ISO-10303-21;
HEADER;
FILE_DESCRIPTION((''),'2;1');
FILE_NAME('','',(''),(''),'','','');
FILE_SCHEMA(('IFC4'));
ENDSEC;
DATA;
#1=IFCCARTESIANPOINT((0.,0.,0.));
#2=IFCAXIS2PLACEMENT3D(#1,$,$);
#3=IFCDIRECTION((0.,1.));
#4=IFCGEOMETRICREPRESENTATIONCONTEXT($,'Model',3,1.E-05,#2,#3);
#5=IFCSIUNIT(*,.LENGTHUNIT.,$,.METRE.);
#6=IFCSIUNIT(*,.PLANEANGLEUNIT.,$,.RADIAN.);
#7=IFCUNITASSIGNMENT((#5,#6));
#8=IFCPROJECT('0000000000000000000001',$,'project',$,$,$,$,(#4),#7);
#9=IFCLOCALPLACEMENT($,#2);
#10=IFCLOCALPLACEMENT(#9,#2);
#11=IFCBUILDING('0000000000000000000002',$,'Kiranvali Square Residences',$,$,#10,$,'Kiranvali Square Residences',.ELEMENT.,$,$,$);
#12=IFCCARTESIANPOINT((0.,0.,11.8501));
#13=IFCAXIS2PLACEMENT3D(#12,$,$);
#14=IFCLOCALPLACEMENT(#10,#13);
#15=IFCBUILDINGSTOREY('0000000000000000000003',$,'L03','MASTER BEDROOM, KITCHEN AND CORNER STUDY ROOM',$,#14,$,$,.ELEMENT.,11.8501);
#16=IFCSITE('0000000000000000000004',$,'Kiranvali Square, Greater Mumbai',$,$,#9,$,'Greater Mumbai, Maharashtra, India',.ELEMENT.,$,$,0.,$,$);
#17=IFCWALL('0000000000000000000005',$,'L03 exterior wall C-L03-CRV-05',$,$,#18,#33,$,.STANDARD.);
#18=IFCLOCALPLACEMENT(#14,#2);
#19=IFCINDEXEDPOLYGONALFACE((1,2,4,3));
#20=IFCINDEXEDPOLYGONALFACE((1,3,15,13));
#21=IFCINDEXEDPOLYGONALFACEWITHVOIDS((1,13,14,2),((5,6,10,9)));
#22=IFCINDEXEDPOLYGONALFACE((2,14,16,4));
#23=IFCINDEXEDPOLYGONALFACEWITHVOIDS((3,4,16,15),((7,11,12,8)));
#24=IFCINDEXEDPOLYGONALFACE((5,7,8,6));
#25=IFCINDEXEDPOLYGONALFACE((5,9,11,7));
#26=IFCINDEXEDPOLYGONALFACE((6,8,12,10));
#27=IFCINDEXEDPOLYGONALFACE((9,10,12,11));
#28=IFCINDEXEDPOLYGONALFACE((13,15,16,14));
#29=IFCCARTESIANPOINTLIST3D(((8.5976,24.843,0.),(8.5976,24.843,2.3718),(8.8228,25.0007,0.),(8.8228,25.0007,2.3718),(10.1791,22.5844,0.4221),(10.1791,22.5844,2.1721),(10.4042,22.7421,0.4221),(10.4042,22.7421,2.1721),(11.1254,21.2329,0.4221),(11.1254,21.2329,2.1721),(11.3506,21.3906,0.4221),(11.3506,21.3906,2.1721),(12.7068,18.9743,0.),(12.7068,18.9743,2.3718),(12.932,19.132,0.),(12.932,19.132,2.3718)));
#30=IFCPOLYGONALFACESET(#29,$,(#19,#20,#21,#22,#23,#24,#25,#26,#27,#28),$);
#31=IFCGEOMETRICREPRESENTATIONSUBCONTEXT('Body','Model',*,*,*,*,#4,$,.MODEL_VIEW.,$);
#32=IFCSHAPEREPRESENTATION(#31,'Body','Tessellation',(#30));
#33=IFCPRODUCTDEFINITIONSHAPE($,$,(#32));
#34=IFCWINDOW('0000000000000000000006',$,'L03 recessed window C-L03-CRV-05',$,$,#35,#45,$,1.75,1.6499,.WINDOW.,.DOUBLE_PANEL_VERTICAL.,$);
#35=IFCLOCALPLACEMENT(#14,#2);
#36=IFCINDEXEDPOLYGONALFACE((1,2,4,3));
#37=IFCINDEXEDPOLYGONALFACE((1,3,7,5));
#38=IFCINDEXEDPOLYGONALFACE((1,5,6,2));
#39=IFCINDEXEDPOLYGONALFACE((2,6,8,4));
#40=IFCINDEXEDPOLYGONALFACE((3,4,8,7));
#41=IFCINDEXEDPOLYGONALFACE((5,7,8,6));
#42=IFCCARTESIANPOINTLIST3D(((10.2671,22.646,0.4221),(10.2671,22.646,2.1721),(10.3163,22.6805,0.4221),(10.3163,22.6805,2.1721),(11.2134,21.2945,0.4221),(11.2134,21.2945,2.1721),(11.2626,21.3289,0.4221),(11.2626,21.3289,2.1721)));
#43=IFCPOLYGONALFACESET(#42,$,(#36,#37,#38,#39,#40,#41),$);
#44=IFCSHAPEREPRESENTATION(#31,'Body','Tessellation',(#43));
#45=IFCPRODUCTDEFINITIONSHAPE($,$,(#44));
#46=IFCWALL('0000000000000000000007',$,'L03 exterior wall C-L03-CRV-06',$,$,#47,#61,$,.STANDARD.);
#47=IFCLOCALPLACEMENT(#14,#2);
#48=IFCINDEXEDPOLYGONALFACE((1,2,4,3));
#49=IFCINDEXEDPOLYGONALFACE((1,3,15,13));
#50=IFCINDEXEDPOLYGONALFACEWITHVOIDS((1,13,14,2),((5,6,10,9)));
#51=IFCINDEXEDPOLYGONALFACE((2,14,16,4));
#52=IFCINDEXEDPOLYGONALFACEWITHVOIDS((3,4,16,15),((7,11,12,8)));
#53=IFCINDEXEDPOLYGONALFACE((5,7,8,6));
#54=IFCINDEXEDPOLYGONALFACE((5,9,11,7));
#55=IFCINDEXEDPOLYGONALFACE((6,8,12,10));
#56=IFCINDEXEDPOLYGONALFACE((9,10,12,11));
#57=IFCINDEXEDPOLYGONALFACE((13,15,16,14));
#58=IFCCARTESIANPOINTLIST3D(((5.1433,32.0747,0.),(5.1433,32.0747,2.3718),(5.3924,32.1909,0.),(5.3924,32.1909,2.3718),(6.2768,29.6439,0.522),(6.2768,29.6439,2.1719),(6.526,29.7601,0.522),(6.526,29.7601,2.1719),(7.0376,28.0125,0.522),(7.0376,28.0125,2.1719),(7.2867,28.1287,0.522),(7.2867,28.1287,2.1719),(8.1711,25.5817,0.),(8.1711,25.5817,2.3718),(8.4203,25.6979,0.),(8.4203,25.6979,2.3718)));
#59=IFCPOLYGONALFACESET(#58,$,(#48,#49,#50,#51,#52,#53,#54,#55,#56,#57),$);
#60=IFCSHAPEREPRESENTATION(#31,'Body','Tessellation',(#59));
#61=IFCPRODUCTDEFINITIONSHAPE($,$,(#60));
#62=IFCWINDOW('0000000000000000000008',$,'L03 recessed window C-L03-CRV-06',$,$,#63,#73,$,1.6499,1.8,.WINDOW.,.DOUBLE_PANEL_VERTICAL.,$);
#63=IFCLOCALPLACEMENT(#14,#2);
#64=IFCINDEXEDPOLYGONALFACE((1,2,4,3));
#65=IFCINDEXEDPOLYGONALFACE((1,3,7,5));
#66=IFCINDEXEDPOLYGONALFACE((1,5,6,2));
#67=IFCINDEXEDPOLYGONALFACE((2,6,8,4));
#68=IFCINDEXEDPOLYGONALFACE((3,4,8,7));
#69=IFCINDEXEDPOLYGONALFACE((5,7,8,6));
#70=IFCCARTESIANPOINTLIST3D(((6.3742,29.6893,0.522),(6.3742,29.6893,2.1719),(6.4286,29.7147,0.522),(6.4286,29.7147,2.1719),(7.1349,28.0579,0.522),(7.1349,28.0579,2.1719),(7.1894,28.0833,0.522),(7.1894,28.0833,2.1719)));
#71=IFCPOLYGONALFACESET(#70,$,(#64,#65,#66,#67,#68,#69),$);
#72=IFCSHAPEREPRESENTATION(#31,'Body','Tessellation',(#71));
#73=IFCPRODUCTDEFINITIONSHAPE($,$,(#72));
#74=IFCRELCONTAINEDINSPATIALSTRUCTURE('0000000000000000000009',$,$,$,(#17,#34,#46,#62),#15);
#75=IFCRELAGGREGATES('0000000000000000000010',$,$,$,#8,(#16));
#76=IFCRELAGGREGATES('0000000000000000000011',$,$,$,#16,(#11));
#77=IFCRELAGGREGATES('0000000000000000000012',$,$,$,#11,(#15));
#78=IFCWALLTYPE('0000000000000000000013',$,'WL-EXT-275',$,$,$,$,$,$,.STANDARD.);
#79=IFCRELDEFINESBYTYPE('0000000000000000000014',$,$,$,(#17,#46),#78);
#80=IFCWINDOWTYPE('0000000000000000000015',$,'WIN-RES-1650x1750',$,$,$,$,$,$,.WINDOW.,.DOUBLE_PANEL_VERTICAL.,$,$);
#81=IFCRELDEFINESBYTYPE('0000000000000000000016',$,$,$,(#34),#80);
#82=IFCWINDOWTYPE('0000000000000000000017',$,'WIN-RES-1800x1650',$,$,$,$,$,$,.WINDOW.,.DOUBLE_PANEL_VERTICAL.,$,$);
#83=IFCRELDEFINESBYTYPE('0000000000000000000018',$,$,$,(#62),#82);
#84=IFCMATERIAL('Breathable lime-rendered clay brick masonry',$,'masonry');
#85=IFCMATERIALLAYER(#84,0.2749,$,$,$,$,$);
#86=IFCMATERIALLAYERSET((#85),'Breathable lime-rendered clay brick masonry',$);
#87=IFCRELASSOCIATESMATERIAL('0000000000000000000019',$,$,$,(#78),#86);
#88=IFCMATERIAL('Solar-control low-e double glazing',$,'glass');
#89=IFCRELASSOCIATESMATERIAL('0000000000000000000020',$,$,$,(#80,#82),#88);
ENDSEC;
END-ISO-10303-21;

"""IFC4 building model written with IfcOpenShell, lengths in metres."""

from ifc_helpers import new_model, si_unit, direction, frame, frame_2d, origin, place, context, subcontext, project, spatial, rectangle, extrude, material, layer, layer_set, type_object, element, fill, save


model = new_model("IFC4")

# Units and contexts
model_context = context("Model", 3, precision=1e-05, world=origin(), true_north=direction((0.0, 1.0)))
body_context = subcontext(model_context, "Body", "Model", "MODEL_VIEW")
ifc_project = project(units=[si_unit("LENGTHUNIT", "METRE"), si_unit("PLANEANGLEUNIT", "RADIAN")], contexts=[model_context])

# Site, building, storey
site_placement = place(None, origin())
site = spatial("IfcSite", under=ifc_project, at=site_placement, Name="Kiranvali Square, Greater Mumbai", LongName="Greater Mumbai, Maharashtra, India", CompositionType="ELEMENT", RefElevation=0.0)
building_placement = place(site_placement, origin())
building = spatial("IfcBuilding", under=site, at=building_placement, Name="Kiranvali Square Residences", LongName="Kiranvali Square Residences", CompositionType="ELEMENT")
storey_placement = place(building_placement, frame((0.0, 0.0, 11.8501)))
storey = spatial("IfcBuildingStorey", under=building, at=storey_placement, Name="L03", Description="MASTER BEDROOM, KITCHEN AND CORNER STUDY ROOM", CompositionType="ELEMENT", Elevation=11.8501)

# Walls, openings, windows
ifc_material_1 = material(Name="Breathable lime-rendered clay brick masonry", Category="masonry")
ifc_layer = layer(ifc_material_1, 0.2749)
ifc_layer_set = layer_set([ifc_layer], Name="Breathable lime-rendered clay brick masonry")
wall_type = type_object("IfcWallType", Name="WL-EXT-275", PredefinedType="STANDARD", material=ifc_layer_set)
wall_1_placement = place(storey_placement, frame((12.8193, 19.0532, 0.0), z_axis=(0.0, 0.0, 1.0), x_axis=(-0.573563, 0.819161, 0.0)))
wall_1 = element("IfcWall", 1, at=wall_1_placement, inside=storey, type_object=wall_type, Name="L03 exterior wall C-L03-CRV-05", PredefinedType="STANDARD", context=body_context, shape_type="SweptSolid", body=[
    extrude(rectangle(XDim=7.1643, YDim=0.2749, at=frame_2d((3.582, 0.0))), origin(), (0.0, 0.0, 1.0), 2.3718),
])
opening_1_placement = place(wall_1_placement, frame((2.7571, 0.0, 0.4221)))
opening_1 = element("IfcOpeningElement", 2, at=opening_1_placement, cuts=wall_1, PredefinedType="OPENING", context=body_context, shape_type="SweptSolid", body=[
    extrude(rectangle(XDim=1.6499, YDim=1.75, at=frame_2d((0.825, 0.875))), frame((0.0, 0.1475, 0.0), z_axis=(0.0, -1.0, 0.0), x_axis=(1.0, 0.0, 0.0)), (0.0, 0.0, 1.0), 0.2949),
])
ifc_material_2 = material(Name="Solar-control low-e double glazing", Category="glass")
window_type_1 = type_object("IfcWindowType", Name="WIN-RES-1650x1750", PartitioningType="DOUBLE_PANEL_VERTICAL", PredefinedType="WINDOW", material=ifc_material_2)
window_1_placement = place(opening_1_placement, origin())
window_1 = element("IfcWindow", 3, at=window_1_placement, inside=storey, type_object=window_type_1, Name="L03 recessed window C-L03-CRV-05", OverallHeight=1.75, OverallWidth=1.6499, PartitioningType="DOUBLE_PANEL_VERTICAL", PredefinedType="WINDOW", context=body_context, shape_type="SweptSolid", body=[
    extrude(rectangle(XDim=1.6499, YDim=1.75, at=frame_2d((0.825, 0.875))), frame((0.0, 0.03, 0.0), z_axis=(0.0, -1.0, 0.0), x_axis=(1.0, 0.0, 0.0)), (0.0, 0.0, 1.0), 0.0601),
])
fill(opening_1, window_1)
wall_2_placement = place(storey_placement, frame((8.2957, 25.6399, 0.0), z_axis=(0.0, 0.0, 1.0), x_axis=(-0.422634, 0.906301, 0.0)))
wall_2 = element("IfcWall", 4, at=wall_2_placement, inside=storey, type_object=wall_type, Name="L03 exterior wall C-L03-CRV-06", PredefinedType="STANDARD", context=body_context, shape_type="SweptSolid", body=[
    extrude(rectangle(XDim=7.1643, YDim=0.2749, at=frame_2d((3.582, 0.0))), origin(), (0.0, 0.0, 1.0), 2.3718),
])
opening_2_placement = place(wall_2_placement, frame((2.6821, 0.0, 0.522)))
opening_2 = element("IfcOpeningElement", 5, at=opening_2_placement, cuts=wall_2, PredefinedType="OPENING", context=body_context, shape_type="SweptSolid", body=[
    extrude(rectangle(XDim=1.8, YDim=1.6499, at=frame_2d((0.8999, 0.825))), frame((0.0, 0.1475, 0.0), z_axis=(0.0, -1.0, 0.0), x_axis=(1.0, 0.0, 0.0)), (0.0, 0.0, 1.0), 0.2949),
])
window_type_2 = type_object("IfcWindowType", Name="WIN-RES-1800x1650", PartitioningType="DOUBLE_PANEL_VERTICAL", PredefinedType="WINDOW", material=ifc_material_2)
window_2_placement = place(opening_2_placement, origin())
window_2 = element("IfcWindow", 6, at=window_2_placement, inside=storey, type_object=window_type_2, Name="L03 recessed window C-L03-CRV-06", OverallHeight=1.6499, OverallWidth=1.8, PartitioningType="DOUBLE_PANEL_VERTICAL", PredefinedType="WINDOW", context=body_context, shape_type="SweptSolid", body=[
    extrude(rectangle(XDim=1.8, YDim=1.6499, at=frame_2d((0.8999, 0.825))), frame((0.0, 0.03, 0.0), z_axis=(0.0, -1.0, 0.0), x_axis=(1.0, 0.0, 0.0)), (0.0, 0.0, 1.0), 0.0601),
])
fill(opening_2, window_2)

save(model, "model.ifc")
